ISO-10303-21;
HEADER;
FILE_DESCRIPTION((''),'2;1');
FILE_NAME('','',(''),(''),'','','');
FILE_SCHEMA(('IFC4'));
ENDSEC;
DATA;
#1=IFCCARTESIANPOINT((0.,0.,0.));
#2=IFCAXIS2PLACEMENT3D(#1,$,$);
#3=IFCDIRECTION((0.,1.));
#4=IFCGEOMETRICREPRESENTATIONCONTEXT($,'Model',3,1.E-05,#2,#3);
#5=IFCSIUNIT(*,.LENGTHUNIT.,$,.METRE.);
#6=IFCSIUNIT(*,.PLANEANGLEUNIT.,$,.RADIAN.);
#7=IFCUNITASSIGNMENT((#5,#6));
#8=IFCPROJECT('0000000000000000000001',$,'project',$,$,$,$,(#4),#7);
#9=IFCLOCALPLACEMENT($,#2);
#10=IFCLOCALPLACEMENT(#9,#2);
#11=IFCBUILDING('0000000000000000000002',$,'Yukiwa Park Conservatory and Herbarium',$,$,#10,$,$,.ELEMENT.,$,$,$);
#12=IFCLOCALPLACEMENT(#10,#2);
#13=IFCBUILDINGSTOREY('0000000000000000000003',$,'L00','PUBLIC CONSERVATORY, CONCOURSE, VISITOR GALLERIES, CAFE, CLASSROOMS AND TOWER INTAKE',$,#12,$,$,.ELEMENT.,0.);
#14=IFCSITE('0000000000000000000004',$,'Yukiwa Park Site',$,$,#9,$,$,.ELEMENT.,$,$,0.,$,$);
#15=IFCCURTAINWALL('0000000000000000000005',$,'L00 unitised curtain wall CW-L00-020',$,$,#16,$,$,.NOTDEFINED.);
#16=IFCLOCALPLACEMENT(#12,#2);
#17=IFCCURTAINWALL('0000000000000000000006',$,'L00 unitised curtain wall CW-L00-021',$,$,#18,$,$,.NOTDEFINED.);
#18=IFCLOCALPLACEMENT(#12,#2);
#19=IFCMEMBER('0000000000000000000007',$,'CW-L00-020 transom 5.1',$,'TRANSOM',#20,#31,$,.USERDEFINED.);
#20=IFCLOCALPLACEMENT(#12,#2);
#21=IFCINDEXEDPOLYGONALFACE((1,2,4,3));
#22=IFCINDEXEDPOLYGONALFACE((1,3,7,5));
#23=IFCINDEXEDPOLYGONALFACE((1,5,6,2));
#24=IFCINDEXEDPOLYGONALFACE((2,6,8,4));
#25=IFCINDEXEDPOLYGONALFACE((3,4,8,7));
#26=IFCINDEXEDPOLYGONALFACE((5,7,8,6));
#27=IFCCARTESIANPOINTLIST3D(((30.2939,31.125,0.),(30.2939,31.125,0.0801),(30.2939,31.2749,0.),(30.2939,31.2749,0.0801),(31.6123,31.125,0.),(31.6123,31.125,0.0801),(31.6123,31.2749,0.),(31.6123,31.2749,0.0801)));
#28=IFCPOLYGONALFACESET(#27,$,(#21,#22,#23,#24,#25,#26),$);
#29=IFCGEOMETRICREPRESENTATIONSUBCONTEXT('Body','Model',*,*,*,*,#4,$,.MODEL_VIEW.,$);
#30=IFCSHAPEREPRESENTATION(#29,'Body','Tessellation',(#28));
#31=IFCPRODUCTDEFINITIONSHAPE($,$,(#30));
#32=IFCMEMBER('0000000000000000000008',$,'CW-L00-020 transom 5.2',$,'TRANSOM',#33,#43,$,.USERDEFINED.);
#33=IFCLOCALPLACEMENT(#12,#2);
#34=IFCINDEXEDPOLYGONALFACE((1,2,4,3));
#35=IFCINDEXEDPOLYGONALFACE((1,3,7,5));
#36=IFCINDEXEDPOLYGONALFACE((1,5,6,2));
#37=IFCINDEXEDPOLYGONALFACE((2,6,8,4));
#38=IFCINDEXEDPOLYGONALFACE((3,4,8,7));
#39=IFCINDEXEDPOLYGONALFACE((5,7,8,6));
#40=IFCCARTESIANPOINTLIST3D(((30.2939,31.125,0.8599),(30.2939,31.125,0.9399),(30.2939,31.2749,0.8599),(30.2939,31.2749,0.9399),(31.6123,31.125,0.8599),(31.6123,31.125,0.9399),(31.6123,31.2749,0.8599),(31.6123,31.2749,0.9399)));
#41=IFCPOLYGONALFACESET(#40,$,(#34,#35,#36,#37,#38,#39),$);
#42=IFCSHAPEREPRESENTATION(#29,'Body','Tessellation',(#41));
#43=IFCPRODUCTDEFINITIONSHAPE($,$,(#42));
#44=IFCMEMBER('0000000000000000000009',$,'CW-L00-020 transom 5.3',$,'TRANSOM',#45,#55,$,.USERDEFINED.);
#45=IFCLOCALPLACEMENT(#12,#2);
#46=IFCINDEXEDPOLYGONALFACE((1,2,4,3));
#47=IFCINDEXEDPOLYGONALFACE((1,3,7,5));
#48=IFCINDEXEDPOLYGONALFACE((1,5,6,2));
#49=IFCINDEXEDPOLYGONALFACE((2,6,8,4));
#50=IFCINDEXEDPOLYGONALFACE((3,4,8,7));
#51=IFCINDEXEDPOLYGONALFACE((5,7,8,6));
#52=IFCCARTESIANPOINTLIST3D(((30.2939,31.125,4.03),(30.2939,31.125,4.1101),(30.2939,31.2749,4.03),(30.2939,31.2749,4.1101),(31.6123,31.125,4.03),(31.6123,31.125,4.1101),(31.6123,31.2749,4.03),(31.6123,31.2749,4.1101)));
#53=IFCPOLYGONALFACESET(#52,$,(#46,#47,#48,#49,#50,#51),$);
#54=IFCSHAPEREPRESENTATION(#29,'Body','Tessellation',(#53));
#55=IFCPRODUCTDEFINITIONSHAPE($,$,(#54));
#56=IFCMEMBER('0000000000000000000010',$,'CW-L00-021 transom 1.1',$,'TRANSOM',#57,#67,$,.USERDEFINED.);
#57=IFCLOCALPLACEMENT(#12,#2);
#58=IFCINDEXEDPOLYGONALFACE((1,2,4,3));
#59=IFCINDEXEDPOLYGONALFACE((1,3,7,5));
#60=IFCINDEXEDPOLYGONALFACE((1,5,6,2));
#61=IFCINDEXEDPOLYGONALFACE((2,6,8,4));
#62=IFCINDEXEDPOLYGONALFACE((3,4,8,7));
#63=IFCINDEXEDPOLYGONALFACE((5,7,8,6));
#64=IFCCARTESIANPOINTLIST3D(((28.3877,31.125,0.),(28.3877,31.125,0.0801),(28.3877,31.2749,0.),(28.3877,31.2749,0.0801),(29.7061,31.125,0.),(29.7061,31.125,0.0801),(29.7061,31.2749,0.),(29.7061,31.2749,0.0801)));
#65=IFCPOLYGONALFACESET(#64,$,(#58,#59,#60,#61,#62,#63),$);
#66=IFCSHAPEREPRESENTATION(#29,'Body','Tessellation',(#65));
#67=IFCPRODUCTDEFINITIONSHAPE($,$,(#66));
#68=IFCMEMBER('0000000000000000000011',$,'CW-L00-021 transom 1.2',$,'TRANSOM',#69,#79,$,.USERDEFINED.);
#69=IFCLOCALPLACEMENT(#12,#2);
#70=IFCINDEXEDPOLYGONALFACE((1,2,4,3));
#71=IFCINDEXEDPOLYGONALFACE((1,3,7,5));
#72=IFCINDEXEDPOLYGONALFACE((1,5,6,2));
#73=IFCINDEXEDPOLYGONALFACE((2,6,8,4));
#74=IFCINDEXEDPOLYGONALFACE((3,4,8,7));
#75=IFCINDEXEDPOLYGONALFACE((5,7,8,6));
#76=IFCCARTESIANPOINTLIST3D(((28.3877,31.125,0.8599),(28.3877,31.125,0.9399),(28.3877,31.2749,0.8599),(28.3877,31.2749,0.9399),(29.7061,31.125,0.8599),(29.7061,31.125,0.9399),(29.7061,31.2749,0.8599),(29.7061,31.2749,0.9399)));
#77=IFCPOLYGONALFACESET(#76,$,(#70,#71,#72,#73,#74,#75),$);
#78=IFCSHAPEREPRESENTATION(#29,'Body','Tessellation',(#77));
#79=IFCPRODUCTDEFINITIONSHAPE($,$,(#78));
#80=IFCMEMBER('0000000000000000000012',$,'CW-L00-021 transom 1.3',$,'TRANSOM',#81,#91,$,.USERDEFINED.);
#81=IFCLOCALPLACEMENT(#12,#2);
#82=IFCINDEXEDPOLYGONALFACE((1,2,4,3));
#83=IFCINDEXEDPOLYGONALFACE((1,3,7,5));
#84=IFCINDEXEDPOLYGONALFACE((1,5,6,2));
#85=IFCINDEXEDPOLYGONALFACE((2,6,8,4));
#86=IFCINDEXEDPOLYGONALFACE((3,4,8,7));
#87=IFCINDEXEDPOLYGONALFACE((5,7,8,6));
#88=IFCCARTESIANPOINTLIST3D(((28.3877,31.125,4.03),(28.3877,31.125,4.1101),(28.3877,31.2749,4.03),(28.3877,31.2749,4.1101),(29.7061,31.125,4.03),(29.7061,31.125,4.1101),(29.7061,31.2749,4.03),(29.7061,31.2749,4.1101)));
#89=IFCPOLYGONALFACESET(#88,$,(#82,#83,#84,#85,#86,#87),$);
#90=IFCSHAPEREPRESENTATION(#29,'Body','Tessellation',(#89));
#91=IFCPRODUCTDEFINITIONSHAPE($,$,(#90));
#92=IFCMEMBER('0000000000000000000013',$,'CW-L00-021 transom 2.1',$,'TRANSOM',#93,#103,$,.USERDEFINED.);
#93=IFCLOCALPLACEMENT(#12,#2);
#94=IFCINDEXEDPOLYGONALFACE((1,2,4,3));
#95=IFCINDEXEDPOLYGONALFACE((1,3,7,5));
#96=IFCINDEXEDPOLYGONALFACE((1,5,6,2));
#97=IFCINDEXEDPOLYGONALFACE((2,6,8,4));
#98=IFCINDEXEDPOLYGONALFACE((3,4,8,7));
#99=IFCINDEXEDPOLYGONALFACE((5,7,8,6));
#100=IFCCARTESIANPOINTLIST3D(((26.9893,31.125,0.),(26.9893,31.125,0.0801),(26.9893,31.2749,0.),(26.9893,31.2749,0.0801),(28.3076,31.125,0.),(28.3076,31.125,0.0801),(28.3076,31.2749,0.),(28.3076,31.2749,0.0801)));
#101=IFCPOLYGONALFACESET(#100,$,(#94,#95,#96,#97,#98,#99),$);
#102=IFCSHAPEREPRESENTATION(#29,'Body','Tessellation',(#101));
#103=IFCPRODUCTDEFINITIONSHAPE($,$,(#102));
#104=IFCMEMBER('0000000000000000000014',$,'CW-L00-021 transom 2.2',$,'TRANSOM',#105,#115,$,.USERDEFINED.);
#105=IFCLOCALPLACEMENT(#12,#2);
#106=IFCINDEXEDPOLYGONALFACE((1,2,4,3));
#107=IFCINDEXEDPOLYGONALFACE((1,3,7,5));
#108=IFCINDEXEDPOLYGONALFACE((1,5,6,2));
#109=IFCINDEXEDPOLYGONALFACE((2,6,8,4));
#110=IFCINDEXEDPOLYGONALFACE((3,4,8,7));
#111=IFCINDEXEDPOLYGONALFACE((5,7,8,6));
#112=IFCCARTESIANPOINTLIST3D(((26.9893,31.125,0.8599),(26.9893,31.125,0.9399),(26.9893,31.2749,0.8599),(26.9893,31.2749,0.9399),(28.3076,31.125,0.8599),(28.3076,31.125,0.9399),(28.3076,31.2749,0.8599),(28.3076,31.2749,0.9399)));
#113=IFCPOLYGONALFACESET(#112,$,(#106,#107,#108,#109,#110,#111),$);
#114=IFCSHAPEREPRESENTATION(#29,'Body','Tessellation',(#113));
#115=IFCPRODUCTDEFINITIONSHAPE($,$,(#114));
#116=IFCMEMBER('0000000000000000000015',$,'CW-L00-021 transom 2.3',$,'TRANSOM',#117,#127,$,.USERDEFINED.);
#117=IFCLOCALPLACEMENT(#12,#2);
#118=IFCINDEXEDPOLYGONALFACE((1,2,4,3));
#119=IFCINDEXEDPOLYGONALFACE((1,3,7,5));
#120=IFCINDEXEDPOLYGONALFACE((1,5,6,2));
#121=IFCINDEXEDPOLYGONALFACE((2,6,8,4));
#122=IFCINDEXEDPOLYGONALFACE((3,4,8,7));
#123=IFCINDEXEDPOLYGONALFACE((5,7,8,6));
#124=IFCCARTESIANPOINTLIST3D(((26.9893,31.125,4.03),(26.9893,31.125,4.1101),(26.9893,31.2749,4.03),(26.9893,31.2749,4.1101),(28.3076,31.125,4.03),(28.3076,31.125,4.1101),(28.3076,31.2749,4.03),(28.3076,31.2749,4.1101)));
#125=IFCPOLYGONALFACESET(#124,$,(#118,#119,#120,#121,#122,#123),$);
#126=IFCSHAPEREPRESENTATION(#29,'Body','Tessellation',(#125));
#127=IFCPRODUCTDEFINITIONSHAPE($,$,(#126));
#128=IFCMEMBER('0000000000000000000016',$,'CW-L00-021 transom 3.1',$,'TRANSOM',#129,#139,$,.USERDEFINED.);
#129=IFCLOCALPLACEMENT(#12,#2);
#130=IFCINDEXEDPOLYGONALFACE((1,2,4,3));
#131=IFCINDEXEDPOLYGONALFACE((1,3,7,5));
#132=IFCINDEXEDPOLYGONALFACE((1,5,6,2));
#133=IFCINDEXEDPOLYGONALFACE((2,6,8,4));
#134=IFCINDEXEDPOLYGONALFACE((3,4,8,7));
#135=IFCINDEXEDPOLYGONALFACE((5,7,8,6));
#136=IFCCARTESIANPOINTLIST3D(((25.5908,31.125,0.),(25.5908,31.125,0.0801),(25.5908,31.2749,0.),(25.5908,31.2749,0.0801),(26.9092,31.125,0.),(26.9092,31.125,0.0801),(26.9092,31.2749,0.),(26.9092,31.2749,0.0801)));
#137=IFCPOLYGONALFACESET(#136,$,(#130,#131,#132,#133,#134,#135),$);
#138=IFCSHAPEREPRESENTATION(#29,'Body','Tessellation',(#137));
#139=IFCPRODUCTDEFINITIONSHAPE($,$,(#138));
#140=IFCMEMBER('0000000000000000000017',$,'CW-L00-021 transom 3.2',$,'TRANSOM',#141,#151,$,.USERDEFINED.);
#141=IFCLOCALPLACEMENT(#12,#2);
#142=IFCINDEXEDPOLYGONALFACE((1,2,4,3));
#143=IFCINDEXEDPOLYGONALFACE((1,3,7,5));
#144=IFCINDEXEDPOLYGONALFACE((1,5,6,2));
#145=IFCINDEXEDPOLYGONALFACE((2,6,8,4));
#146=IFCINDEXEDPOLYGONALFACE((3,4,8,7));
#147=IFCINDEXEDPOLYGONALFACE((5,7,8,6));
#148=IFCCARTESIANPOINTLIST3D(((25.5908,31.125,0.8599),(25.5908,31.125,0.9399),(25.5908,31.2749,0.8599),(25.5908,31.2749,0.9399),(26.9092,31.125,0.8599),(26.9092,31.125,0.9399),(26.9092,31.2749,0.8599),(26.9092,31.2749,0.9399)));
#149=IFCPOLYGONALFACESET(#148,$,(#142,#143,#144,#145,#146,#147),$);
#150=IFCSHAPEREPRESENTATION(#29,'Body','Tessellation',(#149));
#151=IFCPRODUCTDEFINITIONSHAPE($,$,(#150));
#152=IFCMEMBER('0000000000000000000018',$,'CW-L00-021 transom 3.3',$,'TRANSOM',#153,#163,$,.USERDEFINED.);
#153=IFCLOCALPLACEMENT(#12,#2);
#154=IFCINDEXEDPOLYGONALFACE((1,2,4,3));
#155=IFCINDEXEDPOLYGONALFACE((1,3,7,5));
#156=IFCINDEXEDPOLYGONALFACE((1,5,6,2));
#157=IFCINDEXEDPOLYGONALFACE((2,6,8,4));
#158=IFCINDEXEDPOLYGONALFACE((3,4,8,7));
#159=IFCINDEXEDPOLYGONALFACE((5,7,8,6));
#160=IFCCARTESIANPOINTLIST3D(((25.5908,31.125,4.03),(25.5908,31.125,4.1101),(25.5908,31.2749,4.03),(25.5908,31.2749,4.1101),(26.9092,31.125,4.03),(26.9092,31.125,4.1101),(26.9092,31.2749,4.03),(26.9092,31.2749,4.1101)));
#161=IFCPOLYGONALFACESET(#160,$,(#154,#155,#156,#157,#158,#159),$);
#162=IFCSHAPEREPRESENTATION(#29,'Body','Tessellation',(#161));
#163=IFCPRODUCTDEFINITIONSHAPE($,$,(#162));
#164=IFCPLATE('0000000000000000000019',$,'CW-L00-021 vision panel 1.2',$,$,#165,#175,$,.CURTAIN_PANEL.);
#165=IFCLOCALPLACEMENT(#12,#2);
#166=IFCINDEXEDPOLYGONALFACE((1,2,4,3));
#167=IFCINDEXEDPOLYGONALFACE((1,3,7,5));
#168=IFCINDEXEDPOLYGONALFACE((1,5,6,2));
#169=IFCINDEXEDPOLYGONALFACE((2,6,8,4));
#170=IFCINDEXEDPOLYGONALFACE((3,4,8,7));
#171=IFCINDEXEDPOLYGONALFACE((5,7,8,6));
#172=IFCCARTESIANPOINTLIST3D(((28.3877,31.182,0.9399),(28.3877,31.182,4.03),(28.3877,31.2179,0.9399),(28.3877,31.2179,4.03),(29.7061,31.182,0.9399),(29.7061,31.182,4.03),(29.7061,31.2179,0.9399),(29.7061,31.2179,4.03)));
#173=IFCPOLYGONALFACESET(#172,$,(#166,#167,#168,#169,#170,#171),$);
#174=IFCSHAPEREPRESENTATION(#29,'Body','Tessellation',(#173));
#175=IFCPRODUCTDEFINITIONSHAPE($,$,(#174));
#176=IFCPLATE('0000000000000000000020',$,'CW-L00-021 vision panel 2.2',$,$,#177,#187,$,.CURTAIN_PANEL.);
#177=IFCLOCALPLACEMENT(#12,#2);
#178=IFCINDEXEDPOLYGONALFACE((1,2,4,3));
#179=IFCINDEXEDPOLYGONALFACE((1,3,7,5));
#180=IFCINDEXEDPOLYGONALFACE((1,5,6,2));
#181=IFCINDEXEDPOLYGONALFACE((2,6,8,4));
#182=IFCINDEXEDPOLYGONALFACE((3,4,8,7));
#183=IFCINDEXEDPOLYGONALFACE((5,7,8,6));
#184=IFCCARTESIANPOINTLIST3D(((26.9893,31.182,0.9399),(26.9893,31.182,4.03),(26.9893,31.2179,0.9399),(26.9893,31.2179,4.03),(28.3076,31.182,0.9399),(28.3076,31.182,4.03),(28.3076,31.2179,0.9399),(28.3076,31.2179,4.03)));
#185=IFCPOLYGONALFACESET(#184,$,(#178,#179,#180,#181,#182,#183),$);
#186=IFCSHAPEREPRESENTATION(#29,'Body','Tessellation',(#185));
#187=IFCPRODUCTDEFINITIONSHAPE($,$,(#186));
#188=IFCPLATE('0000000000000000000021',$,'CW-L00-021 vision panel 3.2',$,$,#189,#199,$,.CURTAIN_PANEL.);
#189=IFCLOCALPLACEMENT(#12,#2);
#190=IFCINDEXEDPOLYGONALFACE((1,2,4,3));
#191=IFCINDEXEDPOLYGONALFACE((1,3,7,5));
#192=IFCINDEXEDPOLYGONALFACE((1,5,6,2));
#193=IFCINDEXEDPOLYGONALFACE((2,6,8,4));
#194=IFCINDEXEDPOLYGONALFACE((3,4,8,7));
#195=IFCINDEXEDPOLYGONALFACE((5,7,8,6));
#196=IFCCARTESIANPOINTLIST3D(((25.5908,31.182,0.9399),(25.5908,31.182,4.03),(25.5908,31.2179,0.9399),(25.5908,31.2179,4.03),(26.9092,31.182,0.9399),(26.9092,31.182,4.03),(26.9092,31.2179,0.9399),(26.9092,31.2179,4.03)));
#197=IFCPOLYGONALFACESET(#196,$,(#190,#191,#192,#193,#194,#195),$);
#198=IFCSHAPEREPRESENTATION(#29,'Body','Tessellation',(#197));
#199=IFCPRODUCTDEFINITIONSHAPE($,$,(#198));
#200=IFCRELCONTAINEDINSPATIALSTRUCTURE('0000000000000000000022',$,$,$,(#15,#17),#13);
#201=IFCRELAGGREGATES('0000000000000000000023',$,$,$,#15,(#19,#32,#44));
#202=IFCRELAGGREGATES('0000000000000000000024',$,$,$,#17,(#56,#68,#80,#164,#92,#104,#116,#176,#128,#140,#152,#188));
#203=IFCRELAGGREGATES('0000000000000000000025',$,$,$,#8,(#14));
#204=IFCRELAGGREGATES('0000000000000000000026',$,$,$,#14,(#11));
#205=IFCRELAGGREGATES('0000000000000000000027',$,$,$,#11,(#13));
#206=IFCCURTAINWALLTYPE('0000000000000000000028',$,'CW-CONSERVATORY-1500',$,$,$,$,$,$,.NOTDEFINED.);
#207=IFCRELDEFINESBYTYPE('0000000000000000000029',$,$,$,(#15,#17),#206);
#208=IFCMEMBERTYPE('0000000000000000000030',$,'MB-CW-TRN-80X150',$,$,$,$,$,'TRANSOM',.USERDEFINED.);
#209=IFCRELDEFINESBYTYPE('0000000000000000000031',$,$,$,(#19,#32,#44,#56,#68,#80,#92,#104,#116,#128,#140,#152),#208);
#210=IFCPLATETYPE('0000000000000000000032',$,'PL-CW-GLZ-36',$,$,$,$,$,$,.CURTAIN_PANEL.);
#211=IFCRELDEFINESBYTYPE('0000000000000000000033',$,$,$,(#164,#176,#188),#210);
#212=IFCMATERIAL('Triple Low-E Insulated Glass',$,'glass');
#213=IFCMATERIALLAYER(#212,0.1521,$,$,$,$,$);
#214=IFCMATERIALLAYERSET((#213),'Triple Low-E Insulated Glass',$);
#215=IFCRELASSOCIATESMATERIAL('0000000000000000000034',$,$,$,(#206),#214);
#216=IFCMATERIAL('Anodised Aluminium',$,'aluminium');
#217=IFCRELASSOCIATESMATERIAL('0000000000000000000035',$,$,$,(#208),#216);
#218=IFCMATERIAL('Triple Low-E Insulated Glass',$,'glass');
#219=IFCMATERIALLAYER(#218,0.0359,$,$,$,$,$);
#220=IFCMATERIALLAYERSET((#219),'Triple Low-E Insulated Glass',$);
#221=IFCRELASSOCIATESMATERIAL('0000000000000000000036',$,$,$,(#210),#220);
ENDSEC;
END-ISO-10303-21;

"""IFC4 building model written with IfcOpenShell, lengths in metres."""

from ifc_helpers import new_model, si_unit, direction, frame, origin, origin_2d, place, context, subcontext, project, spatial, rectangle, extrude, material, layer, layer_set, type_object, element, aggregate, save


model = new_model("IFC4")

# Units and contexts
model_context = context("Model", 3, precision=1e-05, world=origin(), true_north=direction((0.0, 1.0)))
body_context = subcontext(model_context, "Body", "Model", "MODEL_VIEW")
ifc_project = project(units=[si_unit("LENGTHUNIT", "METRE"), si_unit("PLANEANGLEUNIT", "RADIAN")], contexts=[model_context])

# Site, building, storey
site_placement = place(None, origin())
site = spatial("IfcSite", under=ifc_project, at=site_placement, Name="Yukiwa Park Site", CompositionType="ELEMENT", RefElevation=0.0)
building_placement = place(site_placement, origin())
building = spatial("IfcBuilding", under=site, at=building_placement, Name="Yukiwa Park Conservatory and Herbarium", CompositionType="ELEMENT")
storey_placement = place(building_placement, origin())
storey = spatial("IfcBuildingStorey", under=building, at=storey_placement, Name="L00", Description="PUBLIC CONSERVATORY, CONCOURSE, VISITOR GALLERIES, CAFE, CLASSROOMS AND TOWER INTAKE", CompositionType="ELEMENT", Elevation=0.0)

# Curtain wall
ifc_material_1 = material(Name="Triple Low-E Insulated Glass", Category="glass")
ifc_layer_1 = layer(ifc_material_1, 0.1521)
ifc_layer_set_1 = layer_set([ifc_layer_1], Name="Triple Low-E Insulated Glass")
curtain_wall_type = type_object("IfcCurtainWallType", Name="CW-CONSERVATORY-1500", PredefinedType="NOTDEFINED", material=ifc_layer_set_1)
curtain_wall_1_placement = place(storey_placement, origin())
curtain_wall_1 = element("IfcCurtainWall", 1, at=curtain_wall_1_placement, inside=storey, type_object=curtain_wall_type, Name="L00 unitised curtain wall CW-L00-020", PredefinedType="NOTDEFINED")

# Curtain wall
curtain_wall_2_placement = place(storey_placement, origin())
curtain_wall_2 = element("IfcCurtainWall", 2, at=curtain_wall_2_placement, inside=storey, type_object=curtain_wall_type, Name="L00 unitised curtain wall CW-L00-021", PredefinedType="NOTDEFINED")

# Members
ifc_material_2 = material(Name="Anodised Aluminium", Category="aluminium")
member_type_1 = type_object("IfcMemberType", Name="MB-CW-TRN-80X150", ElementType="TRANSOM", PredefinedType="USERDEFINED", material=ifc_material_2)
member_1_placement = place(storey_placement, frame((30.9531, 31.2, 0.0), z_axis=(0.0, 0.0, 1.0), x_axis=(-1.0, 0.0, 0.0)))
member_1 = element("IfcMember", 3, at=member_1_placement, type_object=member_type_1, Name="CW-L00-020 transom 5.1", ObjectType="TRANSOM", PredefinedType="USERDEFINED", context=body_context, shape_type="SweptSolid", body=[
    extrude(rectangle(XDim=1.3184, YDim=0.1499, at=origin_2d()), origin(), (0.0, 0.0, 1.0), 0.0801),
])
member_2_placement = place(storey_placement, frame((30.9531, 31.2, 0.8599), z_axis=(0.0, 0.0, 1.0), x_axis=(-1.0, 0.0, 0.0)))
member_2 = element("IfcMember", 4, at=member_2_placement, type_object=member_type_1, Name="CW-L00-020 transom 5.2", ObjectType="TRANSOM", PredefinedType="USERDEFINED", context=body_context, shape_type="SweptSolid", body=[
    extrude(rectangle(XDim=1.3184, YDim=0.1499, at=origin_2d()), origin(), (0.0, 0.0, 1.0), 0.0801),
])
member_3_placement = place(storey_placement, frame((30.9531, 31.2, 4.03), z_axis=(0.0, 0.0, 1.0), x_axis=(-1.0, 0.0, 0.0)))
member_3 = element("IfcMember", 5, at=member_3_placement, type_object=member_type_1, Name="CW-L00-020 transom 5.3", ObjectType="TRANSOM", PredefinedType="USERDEFINED", context=body_context, shape_type="SweptSolid", body=[
    extrude(rectangle(XDim=1.3184, YDim=0.1499, at=origin_2d()), origin(), (0.0, 0.0, 1.0), 0.0801),
])
aggregate(curtain_wall_1, [member_1, member_2, member_3])
member_4_placement = place(storey_placement, frame((29.0469, 31.2, 0.0), z_axis=(0.0, 0.0, 1.0), x_axis=(-1.0, 0.0, 0.0)))
member_4 = element("IfcMember", 6, at=member_4_placement, type_object=member_type_1, Name="CW-L00-021 transom 1.1", ObjectType="TRANSOM", PredefinedType="USERDEFINED", context=body_context, shape_type="SweptSolid", body=[
    extrude(rectangle(XDim=1.3184, YDim=0.1499, at=origin_2d()), origin(), (0.0, 0.0, 1.0), 0.0801),
])
member_5_placement = place(storey_placement, frame((29.0469, 31.2, 0.8599), z_axis=(0.0, 0.0, 1.0), x_axis=(-1.0, 0.0, 0.0)))
member_5 = element("IfcMember", 7, at=member_5_placement, type_object=member_type_1, Name="CW-L00-021 transom 1.2", ObjectType="TRANSOM", PredefinedType="USERDEFINED", context=body_context, shape_type="SweptSolid", body=[
    extrude(rectangle(XDim=1.3184, YDim=0.1499, at=origin_2d()), origin(), (0.0, 0.0, 1.0), 0.0801),
])
member_6_placement = place(storey_placement, frame((29.0469, 31.2, 4.03), z_axis=(0.0, 0.0, 1.0), x_axis=(-1.0, 0.0, 0.0)))
member_6 = element("IfcMember", 8, at=member_6_placement, type_object=member_type_1, Name="CW-L00-021 transom 1.3", ObjectType="TRANSOM", PredefinedType="USERDEFINED", context=body_context, shape_type="SweptSolid", body=[
    extrude(rectangle(XDim=1.3184, YDim=0.1499, at=origin_2d()), origin(), (0.0, 0.0, 1.0), 0.0801),
])
member_7_placement = place(storey_placement, frame((27.6484, 31.2, 0.0), z_axis=(0.0, 0.0, 1.0), x_axis=(-1.0, 0.0, 0.0)))
member_7 = element("IfcMember", 9, at=member_7_placement, type_object=member_type_1, Name="CW-L00-021 transom 2.1", ObjectType="TRANSOM", PredefinedType="USERDEFINED", context=body_context, shape_type="SweptSolid", body=[
    extrude(rectangle(XDim=1.3184, YDim=0.1499, at=origin_2d()), origin(), (0.0, 0.0, 1.0), 0.0801),
])
member_8_placement = place(storey_placement, frame((27.6484, 31.2, 0.8599), z_axis=(0.0, 0.0, 1.0), x_axis=(-1.0, 0.0, 0.0)))
member_8 = element("IfcMember", 10, at=member_8_placement, type_object=member_type_1, Name="CW-L00-021 transom 2.2", ObjectType="TRANSOM", PredefinedType="USERDEFINED", context=body_context, shape_type="SweptSolid", body=[
    extrude(rectangle(XDim=1.3184, YDim=0.1499, at=origin_2d()), origin(), (0.0, 0.0, 1.0), 0.0801),
])
member_9_placement = place(storey_placement, frame((27.6484, 31.2, 4.03), z_axis=(0.0, 0.0, 1.0), x_axis=(-1.0, 0.0, 0.0)))
member_9 = element("IfcMember", 11, at=member_9_placement, type_object=member_type_1, Name="CW-L00-021 transom 2.3", ObjectType="TRANSOM", PredefinedType="USERDEFINED", context=body_context, shape_type="SweptSolid", body=[
    extrude(rectangle(XDim=1.3184, YDim=0.1499, at=origin_2d()), origin(), (0.0, 0.0, 1.0), 0.0801),
])
member_10_placement = place(storey_placement, frame((26.25, 31.2, 0.0), z_axis=(0.0, 0.0, 1.0), x_axis=(-1.0, 0.0, 0.0)))
member_10 = element("IfcMember", 12, at=member_10_placement, type_object=member_type_1, Name="CW-L00-021 transom 3.1", ObjectType="TRANSOM", PredefinedType="USERDEFINED", context=body_context, shape_type="SweptSolid", body=[
    extrude(rectangle(XDim=1.3184, YDim=0.1499, at=origin_2d()), origin(), (0.0, 0.0, 1.0), 0.0801),
])
member_11_placement = place(storey_placement, frame((26.25, 31.2, 0.8599), z_axis=(0.0, 0.0, 1.0), x_axis=(-1.0, 0.0, 0.0)))
member_11 = element("IfcMember", 13, at=member_11_placement, type_object=member_type_1, Name="CW-L00-021 transom 3.2", ObjectType="TRANSOM", PredefinedType="USERDEFINED", context=body_context, shape_type="SweptSolid", body=[
    extrude(rectangle(XDim=1.3184, YDim=0.1499, at=origin_2d()), origin(), (0.0, 0.0, 1.0), 0.0801),
])
member_12_placement = place(storey_placement, frame((26.25, 31.2, 4.03), z_axis=(0.0, 0.0, 1.0), x_axis=(-1.0, 0.0, 0.0)))
member_12 = element("IfcMember", 14, at=member_12_placement, type_object=member_type_1, Name="CW-L00-021 transom 3.3", ObjectType="TRANSOM", PredefinedType="USERDEFINED", context=body_context, shape_type="SweptSolid", body=[
    extrude(rectangle(XDim=1.3184, YDim=0.1499, at=origin_2d()), origin(), (0.0, 0.0, 1.0), 0.0801),
])

# Plates
ifc_material_3 = material(Name="Triple Low-E Insulated Glass", Category="glass")
ifc_layer_2 = layer(ifc_material_3, 0.0359)
ifc_layer_set_2 = layer_set([ifc_layer_2], Name="Triple Low-E Insulated Glass")
plate_type_1 = type_object("IfcPlateType", Name="PL-CW-GLZ-36", PredefinedType="CURTAIN_PANEL", material=ifc_layer_set_2)
plate_1_placement = place(storey_placement, frame((29.0469, 31.2, 0.9399), z_axis=(0.0, 0.0, 1.0), x_axis=(-1.0, 0.0, 0.0)))
plate_1 = element("IfcPlate", 15, at=plate_1_placement, type_object=plate_type_1, Name="CW-L00-021 vision panel 1.2", PredefinedType="CURTAIN_PANEL", context=body_context, shape_type="SweptSolid", body=[
    extrude(rectangle(XDim=1.3184, YDim=0.0359, at=origin_2d()), origin(), (0.0, 0.0, 1.0), 3.0901),
])
plate_2_placement = place(storey_placement, frame((27.6484, 31.2, 0.9399), z_axis=(0.0, 0.0, 1.0), x_axis=(-1.0, 0.0, 0.0)))
plate_2 = element("IfcPlate", 16, at=plate_2_placement, type_object=plate_type_1, Name="CW-L00-021 vision panel 2.2", PredefinedType="CURTAIN_PANEL", context=body_context, shape_type="SweptSolid", body=[
    extrude(rectangle(XDim=1.3184, YDim=0.0359, at=origin_2d()), origin(), (0.0, 0.0, 1.0), 3.0901),
])
plate_3_placement = place(storey_placement, frame((26.25, 31.2, 0.9399), z_axis=(0.0, 0.0, 1.0), x_axis=(-1.0, 0.0, 0.0)))
plate_3 = element("IfcPlate", 17, at=plate_3_placement, type_object=plate_type_1, Name="CW-L00-021 vision panel 3.2", PredefinedType="CURTAIN_PANEL", context=body_context, shape_type="SweptSolid", body=[
    extrude(rectangle(XDim=1.3184, YDim=0.0359, at=origin_2d()), origin(), (0.0, 0.0, 1.0), 3.0901),
])
aggregate(curtain_wall_2, [member_4, member_5, member_6, plate_1, member_7, member_8, member_9, plate_2, member_10, member_11, member_12, plate_3])

save(model, "model.ifc")
